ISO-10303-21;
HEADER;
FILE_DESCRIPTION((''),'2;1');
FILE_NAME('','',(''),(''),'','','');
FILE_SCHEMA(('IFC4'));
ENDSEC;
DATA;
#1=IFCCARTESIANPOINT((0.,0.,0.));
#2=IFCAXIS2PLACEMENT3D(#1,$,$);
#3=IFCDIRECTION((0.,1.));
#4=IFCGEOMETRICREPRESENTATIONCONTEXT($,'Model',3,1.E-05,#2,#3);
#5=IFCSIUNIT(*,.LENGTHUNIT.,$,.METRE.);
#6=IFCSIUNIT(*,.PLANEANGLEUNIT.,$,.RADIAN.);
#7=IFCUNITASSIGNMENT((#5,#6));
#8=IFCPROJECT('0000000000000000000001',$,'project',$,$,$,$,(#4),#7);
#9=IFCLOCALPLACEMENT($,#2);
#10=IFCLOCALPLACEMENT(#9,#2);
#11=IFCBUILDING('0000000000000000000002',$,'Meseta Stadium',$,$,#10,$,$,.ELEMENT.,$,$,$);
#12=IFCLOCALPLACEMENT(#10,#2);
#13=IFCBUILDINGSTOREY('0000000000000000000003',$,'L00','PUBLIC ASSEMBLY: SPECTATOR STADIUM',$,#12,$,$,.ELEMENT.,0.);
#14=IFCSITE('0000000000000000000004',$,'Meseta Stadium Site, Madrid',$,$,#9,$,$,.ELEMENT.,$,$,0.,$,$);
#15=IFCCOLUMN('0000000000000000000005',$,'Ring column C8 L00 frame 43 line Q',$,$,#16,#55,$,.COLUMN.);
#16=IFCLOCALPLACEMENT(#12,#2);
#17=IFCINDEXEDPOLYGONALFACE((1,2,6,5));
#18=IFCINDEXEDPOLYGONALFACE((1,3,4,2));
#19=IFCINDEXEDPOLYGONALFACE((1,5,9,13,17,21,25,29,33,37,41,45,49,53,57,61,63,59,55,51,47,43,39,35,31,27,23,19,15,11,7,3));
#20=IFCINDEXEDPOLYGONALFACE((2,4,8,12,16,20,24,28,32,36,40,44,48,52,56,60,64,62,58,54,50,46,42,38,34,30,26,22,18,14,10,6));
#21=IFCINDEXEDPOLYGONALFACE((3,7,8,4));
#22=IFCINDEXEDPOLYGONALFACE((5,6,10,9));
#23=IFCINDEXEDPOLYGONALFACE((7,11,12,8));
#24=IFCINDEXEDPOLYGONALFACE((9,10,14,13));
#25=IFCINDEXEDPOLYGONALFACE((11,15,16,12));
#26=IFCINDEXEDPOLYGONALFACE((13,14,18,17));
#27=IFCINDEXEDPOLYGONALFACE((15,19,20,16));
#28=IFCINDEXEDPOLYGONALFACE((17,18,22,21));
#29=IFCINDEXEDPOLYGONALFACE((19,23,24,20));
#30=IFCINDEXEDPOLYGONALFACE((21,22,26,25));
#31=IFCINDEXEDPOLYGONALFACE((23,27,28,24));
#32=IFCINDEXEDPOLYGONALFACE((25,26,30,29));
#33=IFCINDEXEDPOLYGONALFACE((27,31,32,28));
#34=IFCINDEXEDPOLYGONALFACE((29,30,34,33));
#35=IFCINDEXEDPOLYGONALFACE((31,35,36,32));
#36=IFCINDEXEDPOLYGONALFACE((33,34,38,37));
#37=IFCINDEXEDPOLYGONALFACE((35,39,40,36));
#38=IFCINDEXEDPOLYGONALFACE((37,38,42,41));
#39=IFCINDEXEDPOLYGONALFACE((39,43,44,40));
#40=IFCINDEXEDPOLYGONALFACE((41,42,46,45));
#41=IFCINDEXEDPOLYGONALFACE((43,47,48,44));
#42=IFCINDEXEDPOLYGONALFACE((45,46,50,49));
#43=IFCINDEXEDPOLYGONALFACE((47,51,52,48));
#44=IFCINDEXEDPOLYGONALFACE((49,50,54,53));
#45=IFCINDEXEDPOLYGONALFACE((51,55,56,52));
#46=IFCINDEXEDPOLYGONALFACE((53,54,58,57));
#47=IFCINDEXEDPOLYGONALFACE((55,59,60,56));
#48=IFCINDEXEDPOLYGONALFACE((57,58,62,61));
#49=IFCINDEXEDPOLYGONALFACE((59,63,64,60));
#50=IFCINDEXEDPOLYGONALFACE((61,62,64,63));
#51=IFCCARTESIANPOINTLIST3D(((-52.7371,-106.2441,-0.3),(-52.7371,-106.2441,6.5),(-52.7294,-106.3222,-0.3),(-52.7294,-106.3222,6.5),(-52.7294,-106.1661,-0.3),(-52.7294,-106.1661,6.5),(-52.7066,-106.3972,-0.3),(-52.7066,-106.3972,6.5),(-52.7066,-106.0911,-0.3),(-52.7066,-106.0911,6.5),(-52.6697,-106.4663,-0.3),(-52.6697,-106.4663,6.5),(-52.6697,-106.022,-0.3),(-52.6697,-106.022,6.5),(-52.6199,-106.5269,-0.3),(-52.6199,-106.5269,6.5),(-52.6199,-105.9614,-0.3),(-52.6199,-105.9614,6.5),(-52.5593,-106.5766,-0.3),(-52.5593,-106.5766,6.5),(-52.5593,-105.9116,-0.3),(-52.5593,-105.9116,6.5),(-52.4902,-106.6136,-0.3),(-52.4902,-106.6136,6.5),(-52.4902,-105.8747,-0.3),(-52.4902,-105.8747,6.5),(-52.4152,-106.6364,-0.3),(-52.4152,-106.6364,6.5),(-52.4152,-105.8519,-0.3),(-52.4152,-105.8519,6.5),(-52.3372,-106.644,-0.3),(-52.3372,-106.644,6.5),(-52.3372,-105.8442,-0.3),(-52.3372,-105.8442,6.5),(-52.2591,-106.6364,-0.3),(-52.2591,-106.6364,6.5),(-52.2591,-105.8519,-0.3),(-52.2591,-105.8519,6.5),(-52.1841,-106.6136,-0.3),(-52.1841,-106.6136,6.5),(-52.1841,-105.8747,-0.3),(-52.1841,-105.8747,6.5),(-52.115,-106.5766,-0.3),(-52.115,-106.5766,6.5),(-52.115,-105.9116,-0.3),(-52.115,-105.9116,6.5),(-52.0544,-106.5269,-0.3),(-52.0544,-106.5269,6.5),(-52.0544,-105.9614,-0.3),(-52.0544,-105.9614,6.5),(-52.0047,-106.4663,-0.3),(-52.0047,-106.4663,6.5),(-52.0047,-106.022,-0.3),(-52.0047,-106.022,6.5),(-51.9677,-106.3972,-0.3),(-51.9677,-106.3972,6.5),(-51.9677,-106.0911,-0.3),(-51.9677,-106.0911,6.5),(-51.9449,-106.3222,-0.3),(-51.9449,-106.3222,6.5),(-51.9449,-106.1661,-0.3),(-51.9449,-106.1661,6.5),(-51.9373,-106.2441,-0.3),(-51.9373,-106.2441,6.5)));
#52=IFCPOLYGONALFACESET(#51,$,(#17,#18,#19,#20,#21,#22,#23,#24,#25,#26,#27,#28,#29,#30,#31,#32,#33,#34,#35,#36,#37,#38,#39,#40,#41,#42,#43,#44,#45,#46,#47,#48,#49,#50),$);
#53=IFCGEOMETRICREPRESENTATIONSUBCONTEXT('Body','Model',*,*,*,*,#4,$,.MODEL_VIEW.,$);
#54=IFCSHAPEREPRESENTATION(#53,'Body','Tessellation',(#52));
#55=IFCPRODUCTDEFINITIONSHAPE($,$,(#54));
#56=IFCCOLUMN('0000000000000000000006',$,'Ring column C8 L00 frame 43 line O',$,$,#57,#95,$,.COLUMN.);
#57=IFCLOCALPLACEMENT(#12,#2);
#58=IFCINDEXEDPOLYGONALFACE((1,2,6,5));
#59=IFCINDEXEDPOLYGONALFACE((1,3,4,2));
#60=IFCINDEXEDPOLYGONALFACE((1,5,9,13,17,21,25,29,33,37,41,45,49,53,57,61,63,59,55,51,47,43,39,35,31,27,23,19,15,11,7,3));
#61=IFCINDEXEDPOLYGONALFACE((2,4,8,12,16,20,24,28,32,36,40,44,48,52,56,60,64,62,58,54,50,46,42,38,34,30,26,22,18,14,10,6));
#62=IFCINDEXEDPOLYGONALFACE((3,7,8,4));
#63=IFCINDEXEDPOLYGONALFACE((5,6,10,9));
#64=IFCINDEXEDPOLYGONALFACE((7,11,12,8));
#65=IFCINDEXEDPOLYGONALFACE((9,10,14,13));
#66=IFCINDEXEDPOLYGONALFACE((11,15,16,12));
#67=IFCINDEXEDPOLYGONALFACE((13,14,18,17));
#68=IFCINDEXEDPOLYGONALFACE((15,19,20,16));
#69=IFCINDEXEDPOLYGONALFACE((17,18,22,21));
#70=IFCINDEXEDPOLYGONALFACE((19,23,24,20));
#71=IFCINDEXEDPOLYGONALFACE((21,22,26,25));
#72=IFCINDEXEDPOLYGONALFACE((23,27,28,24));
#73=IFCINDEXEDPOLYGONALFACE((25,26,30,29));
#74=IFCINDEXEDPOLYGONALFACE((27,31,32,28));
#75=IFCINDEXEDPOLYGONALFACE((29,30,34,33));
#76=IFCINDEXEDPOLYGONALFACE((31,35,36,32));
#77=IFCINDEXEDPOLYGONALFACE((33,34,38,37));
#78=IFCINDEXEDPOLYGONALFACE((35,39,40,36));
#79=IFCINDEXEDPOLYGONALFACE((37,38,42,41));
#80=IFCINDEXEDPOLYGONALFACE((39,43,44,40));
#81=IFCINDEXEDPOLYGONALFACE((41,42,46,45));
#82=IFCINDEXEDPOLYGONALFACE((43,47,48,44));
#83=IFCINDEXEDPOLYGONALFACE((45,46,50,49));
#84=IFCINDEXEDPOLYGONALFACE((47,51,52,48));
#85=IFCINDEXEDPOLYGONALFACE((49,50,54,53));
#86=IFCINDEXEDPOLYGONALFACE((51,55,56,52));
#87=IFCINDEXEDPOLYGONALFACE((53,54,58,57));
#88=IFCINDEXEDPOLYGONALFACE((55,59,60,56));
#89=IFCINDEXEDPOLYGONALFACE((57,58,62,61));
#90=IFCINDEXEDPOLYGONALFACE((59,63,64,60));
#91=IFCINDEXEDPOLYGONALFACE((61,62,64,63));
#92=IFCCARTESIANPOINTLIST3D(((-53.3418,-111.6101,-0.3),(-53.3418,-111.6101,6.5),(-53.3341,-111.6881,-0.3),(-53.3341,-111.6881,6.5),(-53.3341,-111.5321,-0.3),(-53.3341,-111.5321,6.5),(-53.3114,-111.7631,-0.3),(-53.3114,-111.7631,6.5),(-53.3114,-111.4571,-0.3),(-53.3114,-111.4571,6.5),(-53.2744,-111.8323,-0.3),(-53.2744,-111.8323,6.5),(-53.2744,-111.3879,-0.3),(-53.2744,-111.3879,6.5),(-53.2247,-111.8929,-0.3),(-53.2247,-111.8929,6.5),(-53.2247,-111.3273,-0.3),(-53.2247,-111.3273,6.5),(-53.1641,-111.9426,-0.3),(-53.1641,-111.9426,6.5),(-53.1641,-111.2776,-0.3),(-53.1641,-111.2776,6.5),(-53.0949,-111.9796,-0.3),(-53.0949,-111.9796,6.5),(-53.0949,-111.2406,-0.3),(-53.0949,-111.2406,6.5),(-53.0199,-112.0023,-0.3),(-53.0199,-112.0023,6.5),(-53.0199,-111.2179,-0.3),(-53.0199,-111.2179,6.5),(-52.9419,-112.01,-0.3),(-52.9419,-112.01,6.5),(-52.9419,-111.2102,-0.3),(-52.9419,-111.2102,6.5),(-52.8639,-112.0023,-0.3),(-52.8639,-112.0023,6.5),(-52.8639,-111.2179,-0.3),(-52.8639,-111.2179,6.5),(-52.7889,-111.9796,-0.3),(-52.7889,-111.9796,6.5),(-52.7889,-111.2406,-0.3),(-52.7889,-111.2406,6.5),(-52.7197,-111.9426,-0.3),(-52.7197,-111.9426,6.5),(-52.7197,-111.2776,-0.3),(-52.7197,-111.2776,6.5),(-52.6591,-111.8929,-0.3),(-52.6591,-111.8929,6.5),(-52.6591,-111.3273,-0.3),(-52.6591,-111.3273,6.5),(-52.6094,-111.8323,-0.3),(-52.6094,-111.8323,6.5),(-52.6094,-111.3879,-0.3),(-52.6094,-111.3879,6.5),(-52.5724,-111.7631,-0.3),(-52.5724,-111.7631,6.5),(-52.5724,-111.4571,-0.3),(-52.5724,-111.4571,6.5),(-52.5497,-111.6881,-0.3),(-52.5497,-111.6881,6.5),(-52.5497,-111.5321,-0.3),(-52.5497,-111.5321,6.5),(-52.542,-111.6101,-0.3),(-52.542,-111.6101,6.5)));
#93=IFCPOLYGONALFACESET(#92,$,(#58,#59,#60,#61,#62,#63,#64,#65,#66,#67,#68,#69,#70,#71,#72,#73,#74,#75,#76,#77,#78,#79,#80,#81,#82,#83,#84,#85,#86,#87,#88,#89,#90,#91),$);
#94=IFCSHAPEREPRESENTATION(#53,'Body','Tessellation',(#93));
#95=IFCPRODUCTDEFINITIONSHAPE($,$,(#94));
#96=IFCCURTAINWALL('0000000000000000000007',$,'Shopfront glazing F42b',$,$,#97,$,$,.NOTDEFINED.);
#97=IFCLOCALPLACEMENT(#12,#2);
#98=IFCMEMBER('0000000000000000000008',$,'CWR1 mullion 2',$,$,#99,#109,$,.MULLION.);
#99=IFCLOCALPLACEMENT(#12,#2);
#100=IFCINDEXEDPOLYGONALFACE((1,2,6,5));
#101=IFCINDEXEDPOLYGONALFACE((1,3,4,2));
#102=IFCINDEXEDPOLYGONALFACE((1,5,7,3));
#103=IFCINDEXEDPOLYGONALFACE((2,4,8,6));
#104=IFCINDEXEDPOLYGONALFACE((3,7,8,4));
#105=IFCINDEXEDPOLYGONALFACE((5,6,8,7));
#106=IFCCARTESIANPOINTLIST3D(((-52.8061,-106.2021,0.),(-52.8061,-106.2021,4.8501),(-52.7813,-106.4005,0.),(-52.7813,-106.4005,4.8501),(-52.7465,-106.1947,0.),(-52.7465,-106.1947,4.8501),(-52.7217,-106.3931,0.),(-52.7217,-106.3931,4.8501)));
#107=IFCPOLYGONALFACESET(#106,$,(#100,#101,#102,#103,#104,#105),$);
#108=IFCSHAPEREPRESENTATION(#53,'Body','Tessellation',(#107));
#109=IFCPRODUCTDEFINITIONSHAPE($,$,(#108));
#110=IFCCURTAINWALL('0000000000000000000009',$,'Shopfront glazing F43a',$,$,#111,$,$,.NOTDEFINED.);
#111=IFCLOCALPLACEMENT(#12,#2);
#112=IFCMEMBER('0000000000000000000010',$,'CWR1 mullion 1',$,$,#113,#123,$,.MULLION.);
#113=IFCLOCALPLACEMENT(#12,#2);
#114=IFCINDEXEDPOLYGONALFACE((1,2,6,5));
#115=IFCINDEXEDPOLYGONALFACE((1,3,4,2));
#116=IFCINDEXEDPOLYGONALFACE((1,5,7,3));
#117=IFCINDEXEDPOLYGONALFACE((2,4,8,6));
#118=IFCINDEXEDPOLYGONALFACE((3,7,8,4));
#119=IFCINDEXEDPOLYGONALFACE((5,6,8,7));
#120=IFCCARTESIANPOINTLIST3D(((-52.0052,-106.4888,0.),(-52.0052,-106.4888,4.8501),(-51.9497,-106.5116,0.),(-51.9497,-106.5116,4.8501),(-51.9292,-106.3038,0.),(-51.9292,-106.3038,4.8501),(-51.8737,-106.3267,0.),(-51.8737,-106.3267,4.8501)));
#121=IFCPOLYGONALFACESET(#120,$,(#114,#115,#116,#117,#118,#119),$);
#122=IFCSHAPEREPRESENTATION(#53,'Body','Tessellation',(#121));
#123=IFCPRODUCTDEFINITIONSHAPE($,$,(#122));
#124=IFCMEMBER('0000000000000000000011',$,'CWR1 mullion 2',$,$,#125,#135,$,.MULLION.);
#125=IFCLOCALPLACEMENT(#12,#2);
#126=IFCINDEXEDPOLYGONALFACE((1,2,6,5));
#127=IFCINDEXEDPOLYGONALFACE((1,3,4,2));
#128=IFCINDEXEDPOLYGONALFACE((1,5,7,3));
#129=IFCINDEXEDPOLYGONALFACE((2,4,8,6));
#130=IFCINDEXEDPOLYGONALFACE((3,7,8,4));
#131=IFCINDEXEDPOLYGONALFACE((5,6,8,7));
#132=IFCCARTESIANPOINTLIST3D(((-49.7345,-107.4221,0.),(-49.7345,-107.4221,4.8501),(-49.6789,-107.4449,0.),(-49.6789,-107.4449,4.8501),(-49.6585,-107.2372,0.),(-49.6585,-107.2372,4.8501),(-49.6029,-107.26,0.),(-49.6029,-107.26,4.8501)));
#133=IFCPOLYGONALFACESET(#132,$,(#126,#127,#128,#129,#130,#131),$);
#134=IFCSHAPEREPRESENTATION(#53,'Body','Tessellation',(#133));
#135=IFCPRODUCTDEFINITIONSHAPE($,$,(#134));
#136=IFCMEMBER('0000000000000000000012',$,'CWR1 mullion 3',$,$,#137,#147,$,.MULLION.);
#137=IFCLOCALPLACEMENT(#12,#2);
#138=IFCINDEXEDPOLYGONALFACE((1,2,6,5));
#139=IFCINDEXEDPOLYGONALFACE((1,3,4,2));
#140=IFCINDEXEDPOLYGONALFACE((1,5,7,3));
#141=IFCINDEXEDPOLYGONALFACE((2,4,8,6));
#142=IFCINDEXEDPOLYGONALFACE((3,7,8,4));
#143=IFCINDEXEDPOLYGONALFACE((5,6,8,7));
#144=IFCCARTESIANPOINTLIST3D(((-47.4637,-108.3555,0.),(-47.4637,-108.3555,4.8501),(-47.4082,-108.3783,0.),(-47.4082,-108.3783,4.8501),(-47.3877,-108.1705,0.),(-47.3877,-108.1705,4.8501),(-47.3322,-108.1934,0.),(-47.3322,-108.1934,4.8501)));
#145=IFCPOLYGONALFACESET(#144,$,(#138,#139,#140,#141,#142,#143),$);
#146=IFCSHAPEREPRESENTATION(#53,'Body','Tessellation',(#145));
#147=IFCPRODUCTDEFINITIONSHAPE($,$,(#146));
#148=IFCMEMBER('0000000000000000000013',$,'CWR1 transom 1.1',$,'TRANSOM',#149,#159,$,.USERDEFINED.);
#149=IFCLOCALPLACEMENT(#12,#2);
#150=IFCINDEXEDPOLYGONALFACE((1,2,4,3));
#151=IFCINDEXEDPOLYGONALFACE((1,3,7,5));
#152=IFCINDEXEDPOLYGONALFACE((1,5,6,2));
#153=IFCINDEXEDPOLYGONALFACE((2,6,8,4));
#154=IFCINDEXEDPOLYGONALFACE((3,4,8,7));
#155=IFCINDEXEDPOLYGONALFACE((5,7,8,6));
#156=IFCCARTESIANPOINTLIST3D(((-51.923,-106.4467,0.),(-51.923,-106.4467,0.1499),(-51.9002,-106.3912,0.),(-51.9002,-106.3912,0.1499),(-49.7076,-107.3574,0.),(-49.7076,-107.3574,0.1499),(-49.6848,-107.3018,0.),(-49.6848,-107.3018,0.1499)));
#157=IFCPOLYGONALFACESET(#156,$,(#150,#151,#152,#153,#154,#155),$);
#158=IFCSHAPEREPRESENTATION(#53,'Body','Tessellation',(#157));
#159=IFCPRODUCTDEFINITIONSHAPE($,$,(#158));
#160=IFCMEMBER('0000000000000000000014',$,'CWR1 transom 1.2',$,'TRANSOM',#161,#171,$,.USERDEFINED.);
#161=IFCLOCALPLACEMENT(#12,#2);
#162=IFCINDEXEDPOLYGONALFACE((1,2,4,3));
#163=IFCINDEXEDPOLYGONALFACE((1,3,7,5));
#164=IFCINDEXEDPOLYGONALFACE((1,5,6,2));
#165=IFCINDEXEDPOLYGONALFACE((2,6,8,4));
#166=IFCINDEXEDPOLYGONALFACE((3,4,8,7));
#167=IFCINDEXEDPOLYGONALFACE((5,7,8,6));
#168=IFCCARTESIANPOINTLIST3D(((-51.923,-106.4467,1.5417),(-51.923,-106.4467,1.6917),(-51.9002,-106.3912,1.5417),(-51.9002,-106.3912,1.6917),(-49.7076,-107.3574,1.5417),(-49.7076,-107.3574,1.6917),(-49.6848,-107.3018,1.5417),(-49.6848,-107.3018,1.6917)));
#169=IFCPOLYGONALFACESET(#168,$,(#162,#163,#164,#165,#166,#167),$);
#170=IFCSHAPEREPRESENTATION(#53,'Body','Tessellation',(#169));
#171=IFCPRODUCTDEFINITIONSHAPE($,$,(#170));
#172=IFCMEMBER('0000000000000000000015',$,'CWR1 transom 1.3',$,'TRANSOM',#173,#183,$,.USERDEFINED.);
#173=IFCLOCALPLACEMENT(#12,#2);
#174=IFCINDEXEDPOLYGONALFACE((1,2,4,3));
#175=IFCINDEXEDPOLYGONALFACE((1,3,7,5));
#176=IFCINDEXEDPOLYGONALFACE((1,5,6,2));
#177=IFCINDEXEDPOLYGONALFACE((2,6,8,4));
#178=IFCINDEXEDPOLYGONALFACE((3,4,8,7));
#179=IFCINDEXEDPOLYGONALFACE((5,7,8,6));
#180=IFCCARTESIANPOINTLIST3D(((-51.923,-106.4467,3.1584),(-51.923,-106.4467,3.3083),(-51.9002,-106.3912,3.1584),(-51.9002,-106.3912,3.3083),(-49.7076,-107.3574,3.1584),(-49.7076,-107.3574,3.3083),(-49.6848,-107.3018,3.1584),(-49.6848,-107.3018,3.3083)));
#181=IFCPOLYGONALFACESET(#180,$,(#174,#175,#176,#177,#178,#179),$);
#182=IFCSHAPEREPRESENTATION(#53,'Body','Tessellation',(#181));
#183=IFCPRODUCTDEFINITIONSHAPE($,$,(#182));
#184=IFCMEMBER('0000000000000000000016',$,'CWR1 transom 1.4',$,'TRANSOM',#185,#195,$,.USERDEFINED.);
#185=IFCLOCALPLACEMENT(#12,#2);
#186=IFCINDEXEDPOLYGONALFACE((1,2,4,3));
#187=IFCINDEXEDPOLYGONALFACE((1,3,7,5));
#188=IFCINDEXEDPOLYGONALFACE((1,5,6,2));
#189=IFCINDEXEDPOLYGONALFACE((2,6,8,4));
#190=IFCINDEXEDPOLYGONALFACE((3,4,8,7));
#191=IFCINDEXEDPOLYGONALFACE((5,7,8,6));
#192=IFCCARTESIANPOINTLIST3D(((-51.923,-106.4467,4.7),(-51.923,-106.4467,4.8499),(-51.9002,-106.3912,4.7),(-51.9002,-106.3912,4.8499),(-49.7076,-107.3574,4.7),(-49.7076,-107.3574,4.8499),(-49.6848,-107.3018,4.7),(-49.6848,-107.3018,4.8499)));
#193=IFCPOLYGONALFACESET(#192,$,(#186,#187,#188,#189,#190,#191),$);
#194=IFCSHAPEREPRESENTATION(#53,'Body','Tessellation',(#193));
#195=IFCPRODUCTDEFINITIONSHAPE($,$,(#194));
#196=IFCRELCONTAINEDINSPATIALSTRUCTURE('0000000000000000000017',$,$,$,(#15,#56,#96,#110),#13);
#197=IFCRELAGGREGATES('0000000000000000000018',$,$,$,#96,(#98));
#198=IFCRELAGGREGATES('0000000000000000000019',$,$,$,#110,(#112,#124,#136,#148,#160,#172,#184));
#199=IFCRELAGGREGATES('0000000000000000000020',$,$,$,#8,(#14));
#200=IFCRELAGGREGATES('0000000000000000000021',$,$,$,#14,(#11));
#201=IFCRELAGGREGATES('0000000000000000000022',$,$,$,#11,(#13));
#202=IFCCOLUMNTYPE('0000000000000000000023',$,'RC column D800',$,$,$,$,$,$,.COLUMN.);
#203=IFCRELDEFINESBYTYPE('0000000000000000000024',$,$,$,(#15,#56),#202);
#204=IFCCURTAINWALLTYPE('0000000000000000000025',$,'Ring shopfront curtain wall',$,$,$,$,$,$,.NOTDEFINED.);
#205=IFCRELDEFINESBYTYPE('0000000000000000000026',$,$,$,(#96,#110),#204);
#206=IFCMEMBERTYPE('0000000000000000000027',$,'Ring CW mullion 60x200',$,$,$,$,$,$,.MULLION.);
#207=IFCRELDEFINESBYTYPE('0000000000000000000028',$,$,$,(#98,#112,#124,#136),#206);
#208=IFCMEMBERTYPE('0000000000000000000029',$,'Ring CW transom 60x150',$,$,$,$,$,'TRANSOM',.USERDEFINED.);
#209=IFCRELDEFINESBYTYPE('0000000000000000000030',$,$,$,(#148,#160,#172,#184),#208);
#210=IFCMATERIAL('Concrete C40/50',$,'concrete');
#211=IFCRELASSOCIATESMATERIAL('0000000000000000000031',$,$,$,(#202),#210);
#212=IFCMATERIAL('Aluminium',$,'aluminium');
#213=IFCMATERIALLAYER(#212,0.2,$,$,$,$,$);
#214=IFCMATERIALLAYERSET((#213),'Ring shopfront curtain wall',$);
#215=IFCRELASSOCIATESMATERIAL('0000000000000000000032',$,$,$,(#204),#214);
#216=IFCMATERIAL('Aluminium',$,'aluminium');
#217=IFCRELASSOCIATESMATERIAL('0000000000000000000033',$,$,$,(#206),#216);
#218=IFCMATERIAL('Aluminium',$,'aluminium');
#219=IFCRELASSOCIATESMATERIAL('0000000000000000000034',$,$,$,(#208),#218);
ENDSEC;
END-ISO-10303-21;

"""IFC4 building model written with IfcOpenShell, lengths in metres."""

from ifc_helpers import new_model, si_unit, direction, frame, origin, origin_2d, place, context, subcontext, project, spatial, rectangle, circle, extrude, material, layer, layer_set, material_profile, profile_set, type_object, element, aggregate, save


model = new_model("IFC4")

# Units and contexts
model_context = context("Model", 3, precision=1e-05, world=origin(), true_north=direction((0.0, 1.0)))
body_context = subcontext(model_context, "Body", "Model", "MODEL_VIEW")
ifc_project = project(units=[si_unit("LENGTHUNIT", "METRE"), si_unit("PLANEANGLEUNIT", "RADIAN")], contexts=[model_context])

# Site, building, storey
site_placement = place(None, origin())
site = spatial("IfcSite", under=ifc_project, at=site_placement, Name="Meseta Stadium Site, Madrid", CompositionType="ELEMENT", RefElevation=0.0)
building_placement = place(site_placement, origin())
building = spatial("IfcBuilding", under=site, at=building_placement, Name="Meseta Stadium", CompositionType="ELEMENT")
storey_placement = place(building_placement, origin())
storey = spatial("IfcBuildingStorey", under=building, at=storey_placement, Name="L00", Description="PUBLIC ASSEMBLY: SPECTATOR STADIUM", CompositionType="ELEMENT", Elevation=0.0)

# Columns
ifc_material_1 = material(Name="Concrete C40/50", Category="concrete")
ifc_material_profile_1 = material_profile(ifc_material_1, circle(Radius=0.3999, at=origin_2d()), Name="RC D800")
ifc_profile_set_1 = profile_set([ifc_material_profile_1], Name="Concrete C40/50")
column_type = type_object("IfcColumnType", Name="RC column D800", PredefinedType="COLUMN", material=ifc_profile_set_1)
for number, where, z_axis, x_axis, name in (
    (1, (-52.3372, -106.2441, -0.3), (0.0, 0.0, 1.0), (1.0, 0.0, 0.0), "Ring column C8 L00 frame 43 line Q"),
    (2, (-52.9419, -111.6101, -0.3), (0.0, 0.0, 1.0), (1.0, 0.0, 0.0), "Ring column C8 L00 frame 43 line O"),
):
    element("IfcColumn", number, at=place(storey_placement, frame(where, z_axis=z_axis, x_axis=x_axis)), inside=storey, type_object=column_type, Name=name, PredefinedType="COLUMN", context=body_context, shape_type="SweptSolid", body=[
        extrude(circle(Radius=0.3999, at=origin_2d()), origin(), (0.0, 0.0, 1.0), 6.8),
    ])

# Curtain wall, member
ifc_material_2 = material(Name="Aluminium", Category="aluminium")
ifc_layer_1 = layer(ifc_material_2, 0.2)
ifc_layer_set_1 = layer_set([ifc_layer_1], Name="Ring shopfront curtain wall")
curtain_wall_type = type_object("IfcCurtainWallType", Name="Ring shopfront curtain wall", PredefinedType="NOTDEFINED", material=ifc_layer_set_1)
curtain_wall_1_placement = place(storey_placement, origin())
curtain_wall_1 = element("IfcCurtainWall", 3, at=curtain_wall_1_placement, inside=storey, type_object=curtain_wall_type, Name="Shopfront glazing F42b", PredefinedType="NOTDEFINED")
ifc_material_3 = material(Name="Aluminium", Category="aluminium")
ifc_material_profile_2 = material_profile(ifc_material_3, rectangle(XDim=0.2, YDim=0.0601, at=origin_2d()), Name="CW 200x60")
ifc_profile_set_2 = profile_set([ifc_material_profile_2], Name="Aluminium")
member_type_1 = type_object("IfcMemberType", Name="Ring CW mullion 60x200", PredefinedType="MULLION", material=ifc_profile_set_2)
member_1_placement = place(storey_placement, frame((-52.7639, -106.2976, 0.0), z_axis=(0.0, 0.0, 1.0), x_axis=(-0.124132, 0.992266, 0.0)))
member_1 = element("IfcMember", 4, at=member_1_placement, type_object=member_type_1, Name="CWR1 mullion 2", PredefinedType="MULLION", context=body_context, shape_type="SweptSolid", body=[
    extrude(rectangle(XDim=0.2, YDim=0.0601, at=origin_2d()), origin(), (0.0, 0.0, 1.0), 4.8501),
])

# Curtain wall, members
curtain_wall_2_placement = place(storey_placement, origin())
curtain_wall_2 = element("IfcCurtainWall", 5, at=curtain_wall_2_placement, inside=storey, type_object=curtain_wall_type, Name="Shopfront glazing F43a", PredefinedType="NOTDEFINED")
member_2_placement = place(storey_placement, frame((-51.9395, -106.4077, 0.0), z_axis=(0.0, 0.0, 1.0), x_axis=(0.380161, 0.92492, 0.0)))
member_2 = element("IfcMember", 6, at=member_2_placement, type_object=member_type_1, Name="CWR1 mullion 1", PredefinedType="MULLION", context=body_context, shape_type="SweptSolid", body=[
    extrude(rectangle(XDim=0.2, YDim=0.0601, at=origin_2d()), origin(), (0.0, 0.0, 1.0), 4.8501),
])
member_3_placement = place(storey_placement, frame((-49.6687, -107.3411, 0.0), z_axis=(0.0, 0.0, 1.0), x_axis=(0.380161, 0.92492, 0.0)))
member_3 = element("IfcMember", 7, at=member_3_placement, type_object=member_type_1, Name="CWR1 mullion 2", PredefinedType="MULLION", context=body_context, shape_type="SweptSolid", body=[
    extrude(rectangle(XDim=0.2, YDim=0.0601, at=origin_2d()), origin(), (0.0, 0.0, 1.0), 4.8501),
])
member_4_placement = place(storey_placement, frame((-47.3979, -108.2744, 0.0), z_axis=(0.0, 0.0, 1.0), x_axis=(0.380161, 0.92492, 0.0)))
member_4 = element("IfcMember", 8, at=member_4_placement, type_object=member_type_1, Name="CWR1 mullion 3", PredefinedType="MULLION", context=body_context, shape_type="SweptSolid", body=[
    extrude(rectangle(XDim=0.2, YDim=0.0601, at=origin_2d()), origin(), (0.0, 0.0, 1.0), 4.8501),
])
ifc_material_4 = material(Name="Aluminium", Category="aluminium")
ifc_material_profile_3 = material_profile(ifc_material_4, rectangle(XDim=0.0601, YDim=0.1499, at=origin_2d()), Name="CW 60x150")
ifc_profile_set_3 = profile_set([ifc_material_profile_3], Name="Aluminium")
member_type_2 = type_object("IfcMemberType", Name="Ring CW transom 60x150", ElementType="TRANSOM", PredefinedType="USERDEFINED", material=ifc_profile_set_3)
member_5_placement = place(storey_placement, frame((-51.9116, -106.4189, 0.075), z_axis=(0.924906, -0.380196, 0.0), x_axis=(0.380196, 0.924906, 0.0)))
member_5 = element("IfcMember", 9, at=member_5_placement, type_object=member_type_2, Name="CWR1 transom 1.1", ObjectType="TRANSOM", PredefinedType="USERDEFINED", context=body_context, shape_type="SweptSolid", body=[
    extrude(rectangle(XDim=0.0601, YDim=0.1499, at=origin_2d()), origin(), (0.0, 0.0, 1.0), 2.3953),
])
member_6_placement = place(storey_placement, frame((-51.9116, -106.4189, 1.6167), z_axis=(0.924906, -0.380196, 0.0), x_axis=(0.380196, 0.924906, 0.0)))
member_6 = element("IfcMember", 10, at=member_6_placement, type_object=member_type_2, Name="CWR1 transom 1.2", ObjectType="TRANSOM", PredefinedType="USERDEFINED", context=body_context, shape_type="SweptSolid", body=[
    extrude(rectangle(XDim=0.0601, YDim=0.1499, at=origin_2d()), origin(), (0.0, 0.0, 1.0), 2.3953),
])
member_7_placement = place(storey_placement, frame((-51.9116, -106.4189, 3.2334), z_axis=(0.924906, -0.380196, 0.0), x_axis=(0.380196, 0.924906, 0.0)))
member_7 = element("IfcMember", 11, at=member_7_placement, type_object=member_type_2, Name="CWR1 transom 1.3", ObjectType="TRANSOM", PredefinedType="USERDEFINED", context=body_context, shape_type="SweptSolid", body=[
    extrude(rectangle(XDim=0.0601, YDim=0.1499, at=origin_2d()), origin(), (0.0, 0.0, 1.0), 2.3953),
])
member_8_placement = place(storey_placement, frame((-51.9116, -106.4189, 4.7749), z_axis=(0.924906, -0.380196, 0.0), x_axis=(0.380196, 0.924906, 0.0)))
member_8 = element("IfcMember", 12, at=member_8_placement, type_object=member_type_2, Name="CWR1 transom 1.4", ObjectType="TRANSOM", PredefinedType="USERDEFINED", context=body_context, shape_type="SweptSolid", body=[
    extrude(rectangle(XDim=0.0601, YDim=0.1499, at=origin_2d()), origin(), (0.0, 0.0, 1.0), 2.3953),
])

aggregate(curtain_wall_1, [member_1])
aggregate(curtain_wall_2, [member_2, member_3, member_4, member_5, member_6, member_7, member_8])

save(model, "model.ifc")
